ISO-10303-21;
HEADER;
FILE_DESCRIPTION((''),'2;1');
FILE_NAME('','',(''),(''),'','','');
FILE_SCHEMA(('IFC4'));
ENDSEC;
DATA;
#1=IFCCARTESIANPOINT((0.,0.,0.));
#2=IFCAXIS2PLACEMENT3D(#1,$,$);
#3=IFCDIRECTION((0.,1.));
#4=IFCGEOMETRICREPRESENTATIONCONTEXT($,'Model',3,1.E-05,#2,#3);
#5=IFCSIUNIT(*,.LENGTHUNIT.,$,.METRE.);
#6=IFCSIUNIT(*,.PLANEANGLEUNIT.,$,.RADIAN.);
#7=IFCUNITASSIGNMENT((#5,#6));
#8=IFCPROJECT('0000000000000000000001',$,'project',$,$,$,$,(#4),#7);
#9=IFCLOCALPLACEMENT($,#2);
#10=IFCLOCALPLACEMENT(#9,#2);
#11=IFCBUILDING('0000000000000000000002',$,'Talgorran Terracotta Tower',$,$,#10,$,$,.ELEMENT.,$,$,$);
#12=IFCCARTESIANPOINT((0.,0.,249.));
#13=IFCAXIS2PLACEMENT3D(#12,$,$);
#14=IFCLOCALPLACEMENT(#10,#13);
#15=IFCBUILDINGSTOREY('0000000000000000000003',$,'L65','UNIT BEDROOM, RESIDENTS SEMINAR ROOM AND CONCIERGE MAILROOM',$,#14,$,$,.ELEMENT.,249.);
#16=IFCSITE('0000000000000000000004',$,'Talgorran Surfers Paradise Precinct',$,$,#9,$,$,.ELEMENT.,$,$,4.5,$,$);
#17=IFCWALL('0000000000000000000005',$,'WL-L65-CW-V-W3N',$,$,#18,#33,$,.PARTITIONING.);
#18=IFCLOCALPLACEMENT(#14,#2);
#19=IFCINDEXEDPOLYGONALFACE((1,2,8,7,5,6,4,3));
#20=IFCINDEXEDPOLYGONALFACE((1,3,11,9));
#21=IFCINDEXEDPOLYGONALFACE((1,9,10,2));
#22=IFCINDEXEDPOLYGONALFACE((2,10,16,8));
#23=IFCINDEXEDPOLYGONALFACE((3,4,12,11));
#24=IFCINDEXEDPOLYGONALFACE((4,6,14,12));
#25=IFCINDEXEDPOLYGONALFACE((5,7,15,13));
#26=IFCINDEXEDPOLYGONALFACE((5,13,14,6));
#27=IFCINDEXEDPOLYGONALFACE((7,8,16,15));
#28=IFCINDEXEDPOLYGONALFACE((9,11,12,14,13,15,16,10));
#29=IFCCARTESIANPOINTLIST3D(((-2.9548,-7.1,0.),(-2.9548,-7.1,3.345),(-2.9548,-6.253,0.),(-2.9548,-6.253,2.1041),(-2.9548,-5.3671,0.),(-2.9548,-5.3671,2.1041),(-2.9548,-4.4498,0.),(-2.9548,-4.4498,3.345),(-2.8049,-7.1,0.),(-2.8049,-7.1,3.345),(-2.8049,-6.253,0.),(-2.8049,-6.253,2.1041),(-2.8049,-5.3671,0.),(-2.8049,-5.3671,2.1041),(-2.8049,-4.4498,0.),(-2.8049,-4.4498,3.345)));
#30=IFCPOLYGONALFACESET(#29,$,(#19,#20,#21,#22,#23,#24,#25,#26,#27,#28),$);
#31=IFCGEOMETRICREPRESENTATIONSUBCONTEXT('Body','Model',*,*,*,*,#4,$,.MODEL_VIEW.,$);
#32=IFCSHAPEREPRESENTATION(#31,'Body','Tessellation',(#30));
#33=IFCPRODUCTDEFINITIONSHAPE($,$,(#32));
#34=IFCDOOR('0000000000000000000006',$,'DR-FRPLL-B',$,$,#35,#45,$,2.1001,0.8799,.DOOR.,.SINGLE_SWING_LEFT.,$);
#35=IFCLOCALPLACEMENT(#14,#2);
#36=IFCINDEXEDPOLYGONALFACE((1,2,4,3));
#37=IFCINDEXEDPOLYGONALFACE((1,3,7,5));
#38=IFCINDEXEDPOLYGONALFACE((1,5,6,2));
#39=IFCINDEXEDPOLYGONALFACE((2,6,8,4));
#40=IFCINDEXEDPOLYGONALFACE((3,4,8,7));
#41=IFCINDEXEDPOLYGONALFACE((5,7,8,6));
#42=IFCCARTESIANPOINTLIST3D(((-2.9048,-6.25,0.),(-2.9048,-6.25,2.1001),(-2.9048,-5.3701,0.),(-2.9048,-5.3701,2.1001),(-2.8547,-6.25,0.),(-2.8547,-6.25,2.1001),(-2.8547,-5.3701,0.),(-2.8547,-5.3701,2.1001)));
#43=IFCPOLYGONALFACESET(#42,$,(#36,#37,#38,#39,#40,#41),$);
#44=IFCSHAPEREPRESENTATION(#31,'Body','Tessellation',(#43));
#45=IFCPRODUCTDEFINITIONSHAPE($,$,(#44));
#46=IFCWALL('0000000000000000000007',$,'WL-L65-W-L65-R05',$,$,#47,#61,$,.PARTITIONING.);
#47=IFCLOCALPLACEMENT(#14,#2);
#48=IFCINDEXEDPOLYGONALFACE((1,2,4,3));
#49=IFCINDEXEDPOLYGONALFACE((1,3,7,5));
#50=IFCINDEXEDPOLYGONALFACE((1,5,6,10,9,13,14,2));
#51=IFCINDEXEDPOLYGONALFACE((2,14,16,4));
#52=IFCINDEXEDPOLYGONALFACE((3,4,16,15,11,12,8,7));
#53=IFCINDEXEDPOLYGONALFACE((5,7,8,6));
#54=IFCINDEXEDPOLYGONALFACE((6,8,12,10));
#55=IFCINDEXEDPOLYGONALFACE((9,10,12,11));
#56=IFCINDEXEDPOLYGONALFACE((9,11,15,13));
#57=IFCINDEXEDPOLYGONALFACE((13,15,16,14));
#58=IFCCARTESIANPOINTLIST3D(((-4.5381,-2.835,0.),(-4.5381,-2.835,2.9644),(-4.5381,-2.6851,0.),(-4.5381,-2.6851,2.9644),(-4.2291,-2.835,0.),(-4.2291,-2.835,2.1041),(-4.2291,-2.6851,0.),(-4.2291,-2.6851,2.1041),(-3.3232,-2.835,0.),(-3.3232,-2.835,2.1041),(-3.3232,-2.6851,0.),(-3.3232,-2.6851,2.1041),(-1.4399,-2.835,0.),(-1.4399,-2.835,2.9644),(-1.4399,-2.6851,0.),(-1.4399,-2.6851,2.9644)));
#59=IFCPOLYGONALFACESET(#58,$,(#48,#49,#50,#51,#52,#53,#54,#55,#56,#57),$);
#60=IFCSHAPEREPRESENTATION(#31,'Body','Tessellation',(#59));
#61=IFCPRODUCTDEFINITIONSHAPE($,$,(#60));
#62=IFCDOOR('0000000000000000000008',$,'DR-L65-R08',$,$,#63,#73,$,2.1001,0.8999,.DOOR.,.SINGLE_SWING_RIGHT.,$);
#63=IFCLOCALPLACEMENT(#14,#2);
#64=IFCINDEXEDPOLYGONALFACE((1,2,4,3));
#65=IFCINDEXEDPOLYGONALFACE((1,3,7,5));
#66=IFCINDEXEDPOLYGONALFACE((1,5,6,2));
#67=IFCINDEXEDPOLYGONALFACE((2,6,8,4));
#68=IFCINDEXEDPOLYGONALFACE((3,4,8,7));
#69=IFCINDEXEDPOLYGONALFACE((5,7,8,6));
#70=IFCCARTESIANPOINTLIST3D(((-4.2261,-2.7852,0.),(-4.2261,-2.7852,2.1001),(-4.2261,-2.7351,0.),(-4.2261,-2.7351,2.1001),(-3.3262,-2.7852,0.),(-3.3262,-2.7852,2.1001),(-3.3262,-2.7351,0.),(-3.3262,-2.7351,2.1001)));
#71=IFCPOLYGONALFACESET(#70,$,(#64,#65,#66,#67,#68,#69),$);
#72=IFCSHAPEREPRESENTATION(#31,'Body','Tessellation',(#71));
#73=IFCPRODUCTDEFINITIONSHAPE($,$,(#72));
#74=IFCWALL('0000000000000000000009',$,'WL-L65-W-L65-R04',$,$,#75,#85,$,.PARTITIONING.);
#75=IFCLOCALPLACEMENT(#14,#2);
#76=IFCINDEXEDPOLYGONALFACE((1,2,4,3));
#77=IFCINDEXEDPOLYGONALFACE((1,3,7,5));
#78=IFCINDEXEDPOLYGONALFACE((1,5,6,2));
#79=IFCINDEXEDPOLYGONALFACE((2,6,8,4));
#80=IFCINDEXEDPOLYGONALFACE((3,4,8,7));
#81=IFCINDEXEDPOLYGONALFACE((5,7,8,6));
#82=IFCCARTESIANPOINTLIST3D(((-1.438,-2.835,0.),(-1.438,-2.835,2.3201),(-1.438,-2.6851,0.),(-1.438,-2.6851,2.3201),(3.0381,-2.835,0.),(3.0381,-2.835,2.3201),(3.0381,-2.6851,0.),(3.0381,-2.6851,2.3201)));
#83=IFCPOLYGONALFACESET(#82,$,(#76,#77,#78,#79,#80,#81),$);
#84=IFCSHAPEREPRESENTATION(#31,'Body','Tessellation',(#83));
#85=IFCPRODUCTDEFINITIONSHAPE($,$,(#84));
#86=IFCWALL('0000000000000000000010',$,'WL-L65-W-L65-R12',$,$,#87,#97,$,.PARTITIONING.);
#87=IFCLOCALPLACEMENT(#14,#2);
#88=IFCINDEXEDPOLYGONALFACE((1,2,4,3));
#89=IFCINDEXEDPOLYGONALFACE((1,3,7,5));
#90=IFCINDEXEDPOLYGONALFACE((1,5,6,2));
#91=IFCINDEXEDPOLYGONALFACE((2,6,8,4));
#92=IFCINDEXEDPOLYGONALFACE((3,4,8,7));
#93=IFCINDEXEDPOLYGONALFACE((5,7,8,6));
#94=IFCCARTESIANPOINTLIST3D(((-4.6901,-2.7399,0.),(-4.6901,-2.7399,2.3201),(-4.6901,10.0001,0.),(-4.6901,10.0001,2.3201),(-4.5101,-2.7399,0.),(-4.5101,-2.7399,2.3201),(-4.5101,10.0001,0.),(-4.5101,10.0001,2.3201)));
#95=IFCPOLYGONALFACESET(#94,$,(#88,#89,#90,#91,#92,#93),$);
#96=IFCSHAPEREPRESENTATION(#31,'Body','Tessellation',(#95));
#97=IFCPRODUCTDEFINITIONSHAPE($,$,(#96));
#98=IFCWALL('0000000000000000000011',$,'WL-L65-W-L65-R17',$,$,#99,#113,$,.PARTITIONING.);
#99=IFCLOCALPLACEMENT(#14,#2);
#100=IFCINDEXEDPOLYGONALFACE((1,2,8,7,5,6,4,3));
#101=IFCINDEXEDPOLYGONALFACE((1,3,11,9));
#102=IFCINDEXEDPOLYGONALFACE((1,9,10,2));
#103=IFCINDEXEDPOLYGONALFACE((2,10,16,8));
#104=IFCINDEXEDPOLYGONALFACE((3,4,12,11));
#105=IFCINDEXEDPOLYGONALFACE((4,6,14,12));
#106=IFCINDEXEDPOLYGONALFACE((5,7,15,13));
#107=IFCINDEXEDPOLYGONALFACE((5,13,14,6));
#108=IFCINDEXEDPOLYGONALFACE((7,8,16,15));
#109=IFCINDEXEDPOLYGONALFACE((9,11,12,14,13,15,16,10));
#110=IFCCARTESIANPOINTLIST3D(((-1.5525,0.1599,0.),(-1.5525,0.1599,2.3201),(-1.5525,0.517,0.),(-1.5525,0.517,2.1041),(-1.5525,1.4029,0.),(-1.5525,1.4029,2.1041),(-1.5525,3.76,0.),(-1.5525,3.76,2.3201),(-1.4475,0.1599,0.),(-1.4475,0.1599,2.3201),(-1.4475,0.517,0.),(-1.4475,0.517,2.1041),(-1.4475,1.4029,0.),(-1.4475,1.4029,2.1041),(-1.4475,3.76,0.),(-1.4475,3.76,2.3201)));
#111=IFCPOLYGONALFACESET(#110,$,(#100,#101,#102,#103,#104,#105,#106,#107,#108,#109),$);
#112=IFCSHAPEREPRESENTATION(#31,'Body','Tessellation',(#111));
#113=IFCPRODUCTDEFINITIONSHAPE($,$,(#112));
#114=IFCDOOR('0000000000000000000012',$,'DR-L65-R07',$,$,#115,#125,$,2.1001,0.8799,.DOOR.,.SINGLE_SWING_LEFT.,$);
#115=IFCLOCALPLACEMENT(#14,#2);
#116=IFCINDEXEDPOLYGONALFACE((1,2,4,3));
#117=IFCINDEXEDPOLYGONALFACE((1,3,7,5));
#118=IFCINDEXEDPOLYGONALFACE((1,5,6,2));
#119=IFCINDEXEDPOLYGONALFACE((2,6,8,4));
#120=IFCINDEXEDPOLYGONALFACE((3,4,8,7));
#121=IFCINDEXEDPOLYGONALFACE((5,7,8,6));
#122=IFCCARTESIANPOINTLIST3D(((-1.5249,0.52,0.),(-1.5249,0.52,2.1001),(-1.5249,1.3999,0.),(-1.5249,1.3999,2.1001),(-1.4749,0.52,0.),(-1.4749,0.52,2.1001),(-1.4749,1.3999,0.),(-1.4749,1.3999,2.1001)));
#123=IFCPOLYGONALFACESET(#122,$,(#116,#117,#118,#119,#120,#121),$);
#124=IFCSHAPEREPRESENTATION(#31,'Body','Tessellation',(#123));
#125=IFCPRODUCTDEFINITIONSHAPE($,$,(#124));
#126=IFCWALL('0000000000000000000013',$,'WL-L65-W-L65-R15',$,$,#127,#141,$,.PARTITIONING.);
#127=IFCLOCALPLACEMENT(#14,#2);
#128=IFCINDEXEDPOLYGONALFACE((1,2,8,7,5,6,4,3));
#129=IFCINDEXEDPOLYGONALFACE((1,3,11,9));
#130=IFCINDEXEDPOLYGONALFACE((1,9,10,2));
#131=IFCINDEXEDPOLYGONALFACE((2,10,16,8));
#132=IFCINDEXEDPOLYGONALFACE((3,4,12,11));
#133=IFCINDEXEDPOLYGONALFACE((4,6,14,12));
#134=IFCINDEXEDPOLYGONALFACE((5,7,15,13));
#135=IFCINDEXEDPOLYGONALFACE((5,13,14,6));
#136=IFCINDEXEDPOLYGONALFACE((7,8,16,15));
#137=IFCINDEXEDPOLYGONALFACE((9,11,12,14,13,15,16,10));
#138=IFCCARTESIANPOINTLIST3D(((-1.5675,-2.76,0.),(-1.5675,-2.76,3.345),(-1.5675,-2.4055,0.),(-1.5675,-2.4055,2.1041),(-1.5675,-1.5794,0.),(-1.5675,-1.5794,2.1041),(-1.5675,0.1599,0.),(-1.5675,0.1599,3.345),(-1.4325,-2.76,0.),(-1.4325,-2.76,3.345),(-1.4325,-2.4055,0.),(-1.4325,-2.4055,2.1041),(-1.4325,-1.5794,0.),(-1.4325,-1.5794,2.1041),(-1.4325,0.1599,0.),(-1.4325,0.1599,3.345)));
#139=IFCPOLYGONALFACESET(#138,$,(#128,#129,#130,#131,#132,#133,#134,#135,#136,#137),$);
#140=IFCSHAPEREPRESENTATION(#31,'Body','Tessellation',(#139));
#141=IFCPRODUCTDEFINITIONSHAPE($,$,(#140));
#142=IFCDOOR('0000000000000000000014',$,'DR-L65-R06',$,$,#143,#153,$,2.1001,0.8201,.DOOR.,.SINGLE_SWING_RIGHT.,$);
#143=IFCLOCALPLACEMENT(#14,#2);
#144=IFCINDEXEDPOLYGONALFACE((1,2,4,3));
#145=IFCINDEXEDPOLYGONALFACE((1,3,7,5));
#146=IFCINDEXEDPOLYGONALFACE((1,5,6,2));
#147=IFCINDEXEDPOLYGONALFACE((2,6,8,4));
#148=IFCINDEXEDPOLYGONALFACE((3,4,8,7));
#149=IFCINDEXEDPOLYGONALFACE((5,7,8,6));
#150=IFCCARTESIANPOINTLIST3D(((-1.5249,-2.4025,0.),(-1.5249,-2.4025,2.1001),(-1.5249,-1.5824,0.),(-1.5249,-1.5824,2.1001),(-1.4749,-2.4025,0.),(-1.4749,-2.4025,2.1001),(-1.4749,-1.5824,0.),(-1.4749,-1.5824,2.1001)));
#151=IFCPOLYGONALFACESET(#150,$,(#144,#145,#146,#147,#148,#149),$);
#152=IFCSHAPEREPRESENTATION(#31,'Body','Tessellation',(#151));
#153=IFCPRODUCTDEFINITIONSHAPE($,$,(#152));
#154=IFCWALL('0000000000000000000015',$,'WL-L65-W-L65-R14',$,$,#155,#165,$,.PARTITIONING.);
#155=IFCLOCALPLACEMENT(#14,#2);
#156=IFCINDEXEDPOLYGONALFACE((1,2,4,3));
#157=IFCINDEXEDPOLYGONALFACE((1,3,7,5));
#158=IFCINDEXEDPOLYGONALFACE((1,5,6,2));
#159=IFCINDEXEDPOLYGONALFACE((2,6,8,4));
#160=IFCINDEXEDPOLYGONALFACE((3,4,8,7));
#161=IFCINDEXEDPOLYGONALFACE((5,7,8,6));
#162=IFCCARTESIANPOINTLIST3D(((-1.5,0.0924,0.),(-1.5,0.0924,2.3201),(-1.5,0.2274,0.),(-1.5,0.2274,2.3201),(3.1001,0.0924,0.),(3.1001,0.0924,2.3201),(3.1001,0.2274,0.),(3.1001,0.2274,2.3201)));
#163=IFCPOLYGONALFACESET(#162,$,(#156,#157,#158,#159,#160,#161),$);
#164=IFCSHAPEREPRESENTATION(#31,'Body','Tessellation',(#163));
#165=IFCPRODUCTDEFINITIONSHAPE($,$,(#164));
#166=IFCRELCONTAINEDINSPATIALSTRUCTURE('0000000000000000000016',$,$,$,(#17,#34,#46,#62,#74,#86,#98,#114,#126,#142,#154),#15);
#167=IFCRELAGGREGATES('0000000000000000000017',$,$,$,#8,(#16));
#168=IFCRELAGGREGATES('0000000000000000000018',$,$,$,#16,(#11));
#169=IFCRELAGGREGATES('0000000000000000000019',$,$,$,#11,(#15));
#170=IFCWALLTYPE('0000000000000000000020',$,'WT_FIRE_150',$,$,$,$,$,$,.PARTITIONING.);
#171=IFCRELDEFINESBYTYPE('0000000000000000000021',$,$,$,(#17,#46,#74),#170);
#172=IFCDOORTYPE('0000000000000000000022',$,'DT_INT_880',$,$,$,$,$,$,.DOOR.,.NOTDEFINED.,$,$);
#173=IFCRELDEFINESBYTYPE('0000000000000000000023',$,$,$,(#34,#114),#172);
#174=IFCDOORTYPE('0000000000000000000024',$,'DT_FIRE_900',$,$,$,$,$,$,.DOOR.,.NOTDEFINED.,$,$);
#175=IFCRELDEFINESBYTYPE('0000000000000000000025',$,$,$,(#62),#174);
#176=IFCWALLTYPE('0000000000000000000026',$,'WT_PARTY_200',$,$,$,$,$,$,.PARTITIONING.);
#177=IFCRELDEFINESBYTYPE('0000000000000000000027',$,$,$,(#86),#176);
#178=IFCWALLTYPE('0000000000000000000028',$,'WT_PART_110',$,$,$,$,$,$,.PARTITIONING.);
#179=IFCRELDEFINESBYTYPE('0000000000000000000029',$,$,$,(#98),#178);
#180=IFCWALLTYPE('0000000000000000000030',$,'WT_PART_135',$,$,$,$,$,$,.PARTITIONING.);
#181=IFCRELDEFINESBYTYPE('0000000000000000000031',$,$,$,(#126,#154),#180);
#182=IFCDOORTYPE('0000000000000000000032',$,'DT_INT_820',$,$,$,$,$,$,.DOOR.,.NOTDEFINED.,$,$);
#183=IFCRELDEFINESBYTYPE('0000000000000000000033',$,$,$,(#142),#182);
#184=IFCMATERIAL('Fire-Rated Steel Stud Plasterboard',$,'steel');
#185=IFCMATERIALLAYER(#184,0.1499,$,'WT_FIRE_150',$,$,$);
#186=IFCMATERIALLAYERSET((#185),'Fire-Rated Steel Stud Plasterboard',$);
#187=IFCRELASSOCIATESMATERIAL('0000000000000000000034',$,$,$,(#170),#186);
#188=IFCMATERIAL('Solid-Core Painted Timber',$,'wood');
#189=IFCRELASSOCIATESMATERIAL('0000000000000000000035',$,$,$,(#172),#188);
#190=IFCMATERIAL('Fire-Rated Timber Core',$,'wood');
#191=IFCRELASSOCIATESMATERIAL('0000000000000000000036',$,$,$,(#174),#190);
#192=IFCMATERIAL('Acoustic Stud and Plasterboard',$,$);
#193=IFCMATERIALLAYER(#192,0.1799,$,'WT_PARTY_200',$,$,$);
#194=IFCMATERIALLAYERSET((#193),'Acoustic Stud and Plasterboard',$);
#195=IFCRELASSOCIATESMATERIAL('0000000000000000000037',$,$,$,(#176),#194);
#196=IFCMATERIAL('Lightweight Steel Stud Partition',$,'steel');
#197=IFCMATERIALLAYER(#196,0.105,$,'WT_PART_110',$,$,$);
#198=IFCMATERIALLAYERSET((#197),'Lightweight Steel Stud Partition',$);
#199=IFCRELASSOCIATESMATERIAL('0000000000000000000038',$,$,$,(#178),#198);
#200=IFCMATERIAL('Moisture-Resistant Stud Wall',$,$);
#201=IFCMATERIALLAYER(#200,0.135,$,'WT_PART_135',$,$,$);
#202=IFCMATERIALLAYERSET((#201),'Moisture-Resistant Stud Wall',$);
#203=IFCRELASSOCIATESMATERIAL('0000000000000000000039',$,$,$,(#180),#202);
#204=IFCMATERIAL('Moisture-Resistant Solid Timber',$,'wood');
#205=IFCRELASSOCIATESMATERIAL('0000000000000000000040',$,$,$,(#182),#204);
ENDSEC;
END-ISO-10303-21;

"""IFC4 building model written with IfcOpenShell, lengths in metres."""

from ifc_helpers import new_model, si_unit, direction, frame, frame_2d, origin, place, context, subcontext, project, spatial, rectangle, extrude, material, layer, layer_set, type_object, element, fill, save


model = new_model("IFC4")

# Units and contexts
model_context = context("Model", 3, precision=1e-05, world=origin(), true_north=direction((0.0, 1.0)))
body_context = subcontext(model_context, "Body", "Model", "MODEL_VIEW")
ifc_project = project(units=[si_unit("LENGTHUNIT", "METRE"), si_unit("PLANEANGLEUNIT", "RADIAN")], contexts=[model_context])

# Site, building, storey
site_placement = place(None, origin())
site = spatial("IfcSite", under=ifc_project, at=site_placement, Name="Talgorran Surfers Paradise Precinct", CompositionType="ELEMENT", RefElevation=4.5)
building_placement = place(site_placement, origin())
building = spatial("IfcBuilding", under=site, at=building_placement, Name="Talgorran Terracotta Tower", CompositionType="ELEMENT")
storey_placement = place(building_placement, frame((0.0, 0.0, 249.0)))
storey = spatial("IfcBuildingStorey", under=building, at=storey_placement, Name="L65", Description="UNIT BEDROOM, RESIDENTS SEMINAR ROOM AND CONCIERGE MAILROOM", CompositionType="ELEMENT", Elevation=249.0)

# Shared definitions
ifc_material_1 = material(Name="Fire-Rated Steel Stud Plasterboard", Category="steel")
ifc_layer_1 = layer(ifc_material_1, 0.1499, Name="WT_FIRE_150")
ifc_layer_set_1 = layer_set([ifc_layer_1], Name="Fire-Rated Steel Stud Plasterboard")
wall_type_1 = type_object("IfcWallType", Name="WT_FIRE_150", PredefinedType="PARTITIONING", material=ifc_layer_set_1)

# Walls, openings, doors
wall_1_placement = place(storey_placement, frame((-2.8799, -7.1001, 0.0), z_axis=(0.0, 0.0, 1.0), x_axis=(0.0, 1.0, 0.0)))
wall_1 = element("IfcWall", 1, at=wall_1_placement, inside=storey, type_object=wall_type_1, Name="WL-L65-CW-V-W3N", PredefinedType="PARTITIONING", context=body_context, shape_type="SweptSolid", body=[
    extrude(rectangle(XDim=2.6501, YDim=0.1499, at=frame_2d((1.3252, 0.0))), origin(), (0.0, 0.0, 1.0), 3.345),
])
opening_1_placement = place(wall_1_placement, frame((0.8501, 0.0, 0.0)))
opening_1 = element("IfcOpeningElement", 2, at=opening_1_placement, cuts=wall_1, PredefinedType="OPENING", context=body_context, shape_type="SweptSolid", body=[
    extrude(rectangle(XDim=0.8859, YDim=2.1041, at=frame_2d((0.4399, 1.052))), frame((0.0, 0.085, 0.0), z_axis=(0.0, -1.0, 0.0), x_axis=(1.0, 0.0, 0.0)), (0.0, 0.0, 1.0), 0.1699),
])
ifc_material_2 = material(Name="Solid-Core Painted Timber", Category="wood")
door_type_1 = type_object("IfcDoorType", Name="DT_INT_880", OperationType="NOTDEFINED", PredefinedType="DOOR", material=ifc_material_2)
door_1_placement = place(opening_1_placement, origin())
door_1 = element("IfcDoor", 3, at=door_1_placement, inside=storey, type_object=door_type_1, Name="DR-FRPLL-B", OperationType="SINGLE_SWING_LEFT", OverallHeight=2.1001, OverallWidth=0.8799, PredefinedType="DOOR", context=body_context, shape_type="SweptSolid", body=[
    extrude(rectangle(XDim=0.8799, YDim=2.1001, at=frame_2d((0.4399, 1.05))), frame((0.0, 0.0249, 0.0), z_axis=(0.0, -1.0, 0.0), x_axis=(1.0, 0.0, 0.0)), (0.0, 0.0, 1.0), 0.05),
])
fill(opening_1, door_1)
wall_2_placement = place(storey_placement, frame((-4.5381, -2.76, 0.0), z_axis=(0.0, 0.0, 1.0), x_axis=(1.0, 0.0, 0.0)))
wall_2 = element("IfcWall", 4, at=wall_2_placement, inside=storey, type_object=wall_type_1, Name="WL-L65-W-L65-R05", PredefinedType="PARTITIONING", context=body_context, shape_type="SweptSolid", body=[
    extrude(rectangle(XDim=3.0981, YDim=0.1499, at=frame_2d((1.5491, 0.0))), origin(), (0.0, 0.0, 1.0), 2.9644),
])
opening_2_placement = place(wall_2_placement, frame((0.312, 0.0, 0.0)))
opening_2 = element("IfcOpeningElement", 5, at=opening_2_placement, cuts=wall_2, PredefinedType="OPENING", context=body_context, shape_type="SweptSolid", body=[
    extrude(rectangle(XDim=0.9059, YDim=2.1041, at=frame_2d((0.45, 1.052))), frame((0.0, 0.085, 0.0), z_axis=(0.0, -1.0, 0.0), x_axis=(1.0, 0.0, 0.0)), (0.0, 0.0, 1.0), 0.1699),
])
ifc_material_3 = material(Name="Fire-Rated Timber Core", Category="wood")
door_type_2 = type_object("IfcDoorType", Name="DT_FIRE_900", OperationType="NOTDEFINED", PredefinedType="DOOR", material=ifc_material_3)
door_2_placement = place(opening_2_placement, origin())
door_2 = element("IfcDoor", 6, at=door_2_placement, inside=storey, type_object=door_type_2, Name="DR-L65-R08", OperationType="SINGLE_SWING_RIGHT", OverallHeight=2.1001, OverallWidth=0.8999, PredefinedType="DOOR", context=body_context, shape_type="SweptSolid", body=[
    extrude(rectangle(XDim=0.8999, YDim=2.1001, at=frame_2d((0.45, 1.05))), frame((0.0, 0.0249, 0.0), z_axis=(0.0, -1.0, 0.0), x_axis=(1.0, 0.0, 0.0)), (0.0, 0.0, 1.0), 0.05),
])
fill(opening_2, door_2)

# Walls
wall_3_placement = place(storey_placement, frame((-1.438, -2.76, 0.0), z_axis=(0.0, 0.0, 1.0), x_axis=(1.0, 0.0, 0.0)))
element("IfcWall", 7, at=wall_3_placement, inside=storey, type_object=wall_type_1, Name="WL-L65-W-L65-R04", PredefinedType="PARTITIONING", context=body_context, shape_type="SweptSolid", body=[
    extrude(rectangle(XDim=4.4761, YDim=0.1499, at=frame_2d((2.238, 0.0))), origin(), (0.0, 0.0, 1.0), 2.3201),
])
ifc_material_4 = material(Name="Acoustic Stud and Plasterboard")
ifc_layer_2 = layer(ifc_material_4, 0.1799, Name="WT_PARTY_200")
ifc_layer_set_2 = layer_set([ifc_layer_2], Name="Acoustic Stud and Plasterboard")
wall_type_2 = type_object("IfcWallType", Name="WT_PARTY_200", PredefinedType="PARTITIONING", material=ifc_layer_set_2)
wall_4_placement = place(storey_placement, frame((-4.6001, -2.74, 0.0), z_axis=(0.0, 0.0, 1.0), x_axis=(0.0, 1.0, 0.0)))
element("IfcWall", 8, at=wall_4_placement, inside=storey, type_object=wall_type_2, Name="WL-L65-W-L65-R12", PredefinedType="PARTITIONING", context=body_context, shape_type="SweptSolid", body=[
    extrude(rectangle(XDim=12.74, YDim=0.1799, at=frame_2d((6.3701, 0.0))), origin(), (0.0, 0.0, 1.0), 2.3201),
])

# Walls, openings, doors
ifc_material_5 = material(Name="Lightweight Steel Stud Partition", Category="steel")
ifc_layer_3 = layer(ifc_material_5, 0.105, Name="WT_PART_110")
ifc_layer_set_3 = layer_set([ifc_layer_3], Name="Lightweight Steel Stud Partition")
wall_type_3 = type_object("IfcWallType", Name="WT_PART_110", PredefinedType="PARTITIONING", material=ifc_layer_set_3)
wall_5_placement = place(storey_placement, frame((-1.5, 0.1599, 0.0), z_axis=(0.0, 0.0, 1.0), x_axis=(0.0, 1.0, 0.0)))
wall_5 = element("IfcWall", 9, at=wall_5_placement, inside=storey, type_object=wall_type_3, Name="WL-L65-W-L65-R17", PredefinedType="PARTITIONING", context=body_context, shape_type="SweptSolid", body=[
    extrude(rectangle(XDim=3.6001, YDim=0.105, at=frame_2d((1.8, 0.0))), origin(), (0.0, 0.0, 1.0), 2.3201),
])
opening_3_placement = place(wall_5_placement, frame((0.3601, 0.0, 0.0)))
opening_3 = element("IfcOpeningElement", 10, at=opening_3_placement, cuts=wall_5, PredefinedType="OPENING", context=body_context, shape_type="SweptSolid", body=[
    extrude(rectangle(XDim=0.8859, YDim=2.1041, at=frame_2d((0.4399, 1.052))), frame((0.0, 0.0625, 0.0), z_axis=(0.0, -1.0, 0.0), x_axis=(1.0, 0.0, 0.0)), (0.0, 0.0, 1.0), 0.125),
])
door_3_placement = place(opening_3_placement, origin())
door_3 = element("IfcDoor", 11, at=door_3_placement, inside=storey, type_object=door_type_1, Name="DR-L65-R07", OperationType="SINGLE_SWING_LEFT", OverallHeight=2.1001, OverallWidth=0.8799, PredefinedType="DOOR", context=body_context, shape_type="SweptSolid", body=[
    extrude(rectangle(XDim=0.8799, YDim=2.1001, at=frame_2d((0.4399, 1.05))), frame((0.0, 0.0249, 0.0), z_axis=(0.0, -1.0, 0.0), x_axis=(1.0, 0.0, 0.0)), (0.0, 0.0, 1.0), 0.05),
])
fill(opening_3, door_3)
ifc_material_6 = material(Name="Moisture-Resistant Stud Wall")
ifc_layer_4 = layer(ifc_material_6, 0.135, Name="WT_PART_135")
ifc_layer_set_4 = layer_set([ifc_layer_4], Name="Moisture-Resistant Stud Wall")
wall_type_4 = type_object("IfcWallType", Name="WT_PART_135", PredefinedType="PARTITIONING", material=ifc_layer_set_4)
wall_6_placement = place(storey_placement, frame((-1.5, -2.76, 0.0), z_axis=(0.0, 0.0, 1.0), x_axis=(0.0, 1.0, 0.0)))
wall_6 = element("IfcWall", 12, at=wall_6_placement, inside=storey, type_object=wall_type_4, Name="WL-L65-W-L65-R15", PredefinedType="PARTITIONING", context=body_context, shape_type="SweptSolid", body=[
    extrude(rectangle(XDim=2.9199, YDim=0.135, at=frame_2d((1.46, 0.0))), origin(), (0.0, 0.0, 1.0), 3.345),
])
opening_4_placement = place(wall_6_placement, frame((0.3574, 0.0, 0.0)))
opening_4 = element("IfcOpeningElement", 13, at=opening_4_placement, cuts=wall_6, PredefinedType="OPENING", context=body_context, shape_type="SweptSolid", body=[
    extrude(rectangle(XDim=0.8261, YDim=2.1041, at=frame_2d((0.4102, 1.052))), frame((0.0, 0.0776, 0.0), z_axis=(0.0, -1.0, 0.0), x_axis=(1.0, 0.0, 0.0)), (0.0, 0.0, 1.0), 0.155),
])
ifc_material_7 = material(Name="Moisture-Resistant Solid Timber", Category="wood")
door_type_3 = type_object("IfcDoorType", Name="DT_INT_820", OperationType="NOTDEFINED", PredefinedType="DOOR", material=ifc_material_7)
door_4_placement = place(opening_4_placement, origin())
door_4 = element("IfcDoor", 14, at=door_4_placement, inside=storey, type_object=door_type_3, Name="DR-L65-R06", OperationType="SINGLE_SWING_RIGHT", OverallHeight=2.1001, OverallWidth=0.8201, PredefinedType="DOOR", context=body_context, shape_type="SweptSolid", body=[
    extrude(rectangle(XDim=0.8201, YDim=2.1001, at=frame_2d((0.4102, 1.05))), frame((0.0, 0.0249, 0.0), z_axis=(0.0, -1.0, 0.0), x_axis=(1.0, 0.0, 0.0)), (0.0, 0.0, 1.0), 0.05),
])
fill(opening_4, door_4)

# Wall
wall_7_placement = place(storey_placement, frame((-1.5, 0.1599, 0.0), z_axis=(0.0, 0.0, 1.0), x_axis=(1.0, 0.0, 0.0)))
element("IfcWall", 15, at=wall_7_placement, inside=storey, type_object=wall_type_4, Name="WL-L65-W-L65-R14", PredefinedType="PARTITIONING", context=body_context, shape_type="SweptSolid", body=[
    extrude(rectangle(XDim=4.6001, YDim=0.135, at=frame_2d((2.3, 0.0))), origin(), (0.0, 0.0, 1.0), 2.3201),
])

save(model, "model.ifc")
